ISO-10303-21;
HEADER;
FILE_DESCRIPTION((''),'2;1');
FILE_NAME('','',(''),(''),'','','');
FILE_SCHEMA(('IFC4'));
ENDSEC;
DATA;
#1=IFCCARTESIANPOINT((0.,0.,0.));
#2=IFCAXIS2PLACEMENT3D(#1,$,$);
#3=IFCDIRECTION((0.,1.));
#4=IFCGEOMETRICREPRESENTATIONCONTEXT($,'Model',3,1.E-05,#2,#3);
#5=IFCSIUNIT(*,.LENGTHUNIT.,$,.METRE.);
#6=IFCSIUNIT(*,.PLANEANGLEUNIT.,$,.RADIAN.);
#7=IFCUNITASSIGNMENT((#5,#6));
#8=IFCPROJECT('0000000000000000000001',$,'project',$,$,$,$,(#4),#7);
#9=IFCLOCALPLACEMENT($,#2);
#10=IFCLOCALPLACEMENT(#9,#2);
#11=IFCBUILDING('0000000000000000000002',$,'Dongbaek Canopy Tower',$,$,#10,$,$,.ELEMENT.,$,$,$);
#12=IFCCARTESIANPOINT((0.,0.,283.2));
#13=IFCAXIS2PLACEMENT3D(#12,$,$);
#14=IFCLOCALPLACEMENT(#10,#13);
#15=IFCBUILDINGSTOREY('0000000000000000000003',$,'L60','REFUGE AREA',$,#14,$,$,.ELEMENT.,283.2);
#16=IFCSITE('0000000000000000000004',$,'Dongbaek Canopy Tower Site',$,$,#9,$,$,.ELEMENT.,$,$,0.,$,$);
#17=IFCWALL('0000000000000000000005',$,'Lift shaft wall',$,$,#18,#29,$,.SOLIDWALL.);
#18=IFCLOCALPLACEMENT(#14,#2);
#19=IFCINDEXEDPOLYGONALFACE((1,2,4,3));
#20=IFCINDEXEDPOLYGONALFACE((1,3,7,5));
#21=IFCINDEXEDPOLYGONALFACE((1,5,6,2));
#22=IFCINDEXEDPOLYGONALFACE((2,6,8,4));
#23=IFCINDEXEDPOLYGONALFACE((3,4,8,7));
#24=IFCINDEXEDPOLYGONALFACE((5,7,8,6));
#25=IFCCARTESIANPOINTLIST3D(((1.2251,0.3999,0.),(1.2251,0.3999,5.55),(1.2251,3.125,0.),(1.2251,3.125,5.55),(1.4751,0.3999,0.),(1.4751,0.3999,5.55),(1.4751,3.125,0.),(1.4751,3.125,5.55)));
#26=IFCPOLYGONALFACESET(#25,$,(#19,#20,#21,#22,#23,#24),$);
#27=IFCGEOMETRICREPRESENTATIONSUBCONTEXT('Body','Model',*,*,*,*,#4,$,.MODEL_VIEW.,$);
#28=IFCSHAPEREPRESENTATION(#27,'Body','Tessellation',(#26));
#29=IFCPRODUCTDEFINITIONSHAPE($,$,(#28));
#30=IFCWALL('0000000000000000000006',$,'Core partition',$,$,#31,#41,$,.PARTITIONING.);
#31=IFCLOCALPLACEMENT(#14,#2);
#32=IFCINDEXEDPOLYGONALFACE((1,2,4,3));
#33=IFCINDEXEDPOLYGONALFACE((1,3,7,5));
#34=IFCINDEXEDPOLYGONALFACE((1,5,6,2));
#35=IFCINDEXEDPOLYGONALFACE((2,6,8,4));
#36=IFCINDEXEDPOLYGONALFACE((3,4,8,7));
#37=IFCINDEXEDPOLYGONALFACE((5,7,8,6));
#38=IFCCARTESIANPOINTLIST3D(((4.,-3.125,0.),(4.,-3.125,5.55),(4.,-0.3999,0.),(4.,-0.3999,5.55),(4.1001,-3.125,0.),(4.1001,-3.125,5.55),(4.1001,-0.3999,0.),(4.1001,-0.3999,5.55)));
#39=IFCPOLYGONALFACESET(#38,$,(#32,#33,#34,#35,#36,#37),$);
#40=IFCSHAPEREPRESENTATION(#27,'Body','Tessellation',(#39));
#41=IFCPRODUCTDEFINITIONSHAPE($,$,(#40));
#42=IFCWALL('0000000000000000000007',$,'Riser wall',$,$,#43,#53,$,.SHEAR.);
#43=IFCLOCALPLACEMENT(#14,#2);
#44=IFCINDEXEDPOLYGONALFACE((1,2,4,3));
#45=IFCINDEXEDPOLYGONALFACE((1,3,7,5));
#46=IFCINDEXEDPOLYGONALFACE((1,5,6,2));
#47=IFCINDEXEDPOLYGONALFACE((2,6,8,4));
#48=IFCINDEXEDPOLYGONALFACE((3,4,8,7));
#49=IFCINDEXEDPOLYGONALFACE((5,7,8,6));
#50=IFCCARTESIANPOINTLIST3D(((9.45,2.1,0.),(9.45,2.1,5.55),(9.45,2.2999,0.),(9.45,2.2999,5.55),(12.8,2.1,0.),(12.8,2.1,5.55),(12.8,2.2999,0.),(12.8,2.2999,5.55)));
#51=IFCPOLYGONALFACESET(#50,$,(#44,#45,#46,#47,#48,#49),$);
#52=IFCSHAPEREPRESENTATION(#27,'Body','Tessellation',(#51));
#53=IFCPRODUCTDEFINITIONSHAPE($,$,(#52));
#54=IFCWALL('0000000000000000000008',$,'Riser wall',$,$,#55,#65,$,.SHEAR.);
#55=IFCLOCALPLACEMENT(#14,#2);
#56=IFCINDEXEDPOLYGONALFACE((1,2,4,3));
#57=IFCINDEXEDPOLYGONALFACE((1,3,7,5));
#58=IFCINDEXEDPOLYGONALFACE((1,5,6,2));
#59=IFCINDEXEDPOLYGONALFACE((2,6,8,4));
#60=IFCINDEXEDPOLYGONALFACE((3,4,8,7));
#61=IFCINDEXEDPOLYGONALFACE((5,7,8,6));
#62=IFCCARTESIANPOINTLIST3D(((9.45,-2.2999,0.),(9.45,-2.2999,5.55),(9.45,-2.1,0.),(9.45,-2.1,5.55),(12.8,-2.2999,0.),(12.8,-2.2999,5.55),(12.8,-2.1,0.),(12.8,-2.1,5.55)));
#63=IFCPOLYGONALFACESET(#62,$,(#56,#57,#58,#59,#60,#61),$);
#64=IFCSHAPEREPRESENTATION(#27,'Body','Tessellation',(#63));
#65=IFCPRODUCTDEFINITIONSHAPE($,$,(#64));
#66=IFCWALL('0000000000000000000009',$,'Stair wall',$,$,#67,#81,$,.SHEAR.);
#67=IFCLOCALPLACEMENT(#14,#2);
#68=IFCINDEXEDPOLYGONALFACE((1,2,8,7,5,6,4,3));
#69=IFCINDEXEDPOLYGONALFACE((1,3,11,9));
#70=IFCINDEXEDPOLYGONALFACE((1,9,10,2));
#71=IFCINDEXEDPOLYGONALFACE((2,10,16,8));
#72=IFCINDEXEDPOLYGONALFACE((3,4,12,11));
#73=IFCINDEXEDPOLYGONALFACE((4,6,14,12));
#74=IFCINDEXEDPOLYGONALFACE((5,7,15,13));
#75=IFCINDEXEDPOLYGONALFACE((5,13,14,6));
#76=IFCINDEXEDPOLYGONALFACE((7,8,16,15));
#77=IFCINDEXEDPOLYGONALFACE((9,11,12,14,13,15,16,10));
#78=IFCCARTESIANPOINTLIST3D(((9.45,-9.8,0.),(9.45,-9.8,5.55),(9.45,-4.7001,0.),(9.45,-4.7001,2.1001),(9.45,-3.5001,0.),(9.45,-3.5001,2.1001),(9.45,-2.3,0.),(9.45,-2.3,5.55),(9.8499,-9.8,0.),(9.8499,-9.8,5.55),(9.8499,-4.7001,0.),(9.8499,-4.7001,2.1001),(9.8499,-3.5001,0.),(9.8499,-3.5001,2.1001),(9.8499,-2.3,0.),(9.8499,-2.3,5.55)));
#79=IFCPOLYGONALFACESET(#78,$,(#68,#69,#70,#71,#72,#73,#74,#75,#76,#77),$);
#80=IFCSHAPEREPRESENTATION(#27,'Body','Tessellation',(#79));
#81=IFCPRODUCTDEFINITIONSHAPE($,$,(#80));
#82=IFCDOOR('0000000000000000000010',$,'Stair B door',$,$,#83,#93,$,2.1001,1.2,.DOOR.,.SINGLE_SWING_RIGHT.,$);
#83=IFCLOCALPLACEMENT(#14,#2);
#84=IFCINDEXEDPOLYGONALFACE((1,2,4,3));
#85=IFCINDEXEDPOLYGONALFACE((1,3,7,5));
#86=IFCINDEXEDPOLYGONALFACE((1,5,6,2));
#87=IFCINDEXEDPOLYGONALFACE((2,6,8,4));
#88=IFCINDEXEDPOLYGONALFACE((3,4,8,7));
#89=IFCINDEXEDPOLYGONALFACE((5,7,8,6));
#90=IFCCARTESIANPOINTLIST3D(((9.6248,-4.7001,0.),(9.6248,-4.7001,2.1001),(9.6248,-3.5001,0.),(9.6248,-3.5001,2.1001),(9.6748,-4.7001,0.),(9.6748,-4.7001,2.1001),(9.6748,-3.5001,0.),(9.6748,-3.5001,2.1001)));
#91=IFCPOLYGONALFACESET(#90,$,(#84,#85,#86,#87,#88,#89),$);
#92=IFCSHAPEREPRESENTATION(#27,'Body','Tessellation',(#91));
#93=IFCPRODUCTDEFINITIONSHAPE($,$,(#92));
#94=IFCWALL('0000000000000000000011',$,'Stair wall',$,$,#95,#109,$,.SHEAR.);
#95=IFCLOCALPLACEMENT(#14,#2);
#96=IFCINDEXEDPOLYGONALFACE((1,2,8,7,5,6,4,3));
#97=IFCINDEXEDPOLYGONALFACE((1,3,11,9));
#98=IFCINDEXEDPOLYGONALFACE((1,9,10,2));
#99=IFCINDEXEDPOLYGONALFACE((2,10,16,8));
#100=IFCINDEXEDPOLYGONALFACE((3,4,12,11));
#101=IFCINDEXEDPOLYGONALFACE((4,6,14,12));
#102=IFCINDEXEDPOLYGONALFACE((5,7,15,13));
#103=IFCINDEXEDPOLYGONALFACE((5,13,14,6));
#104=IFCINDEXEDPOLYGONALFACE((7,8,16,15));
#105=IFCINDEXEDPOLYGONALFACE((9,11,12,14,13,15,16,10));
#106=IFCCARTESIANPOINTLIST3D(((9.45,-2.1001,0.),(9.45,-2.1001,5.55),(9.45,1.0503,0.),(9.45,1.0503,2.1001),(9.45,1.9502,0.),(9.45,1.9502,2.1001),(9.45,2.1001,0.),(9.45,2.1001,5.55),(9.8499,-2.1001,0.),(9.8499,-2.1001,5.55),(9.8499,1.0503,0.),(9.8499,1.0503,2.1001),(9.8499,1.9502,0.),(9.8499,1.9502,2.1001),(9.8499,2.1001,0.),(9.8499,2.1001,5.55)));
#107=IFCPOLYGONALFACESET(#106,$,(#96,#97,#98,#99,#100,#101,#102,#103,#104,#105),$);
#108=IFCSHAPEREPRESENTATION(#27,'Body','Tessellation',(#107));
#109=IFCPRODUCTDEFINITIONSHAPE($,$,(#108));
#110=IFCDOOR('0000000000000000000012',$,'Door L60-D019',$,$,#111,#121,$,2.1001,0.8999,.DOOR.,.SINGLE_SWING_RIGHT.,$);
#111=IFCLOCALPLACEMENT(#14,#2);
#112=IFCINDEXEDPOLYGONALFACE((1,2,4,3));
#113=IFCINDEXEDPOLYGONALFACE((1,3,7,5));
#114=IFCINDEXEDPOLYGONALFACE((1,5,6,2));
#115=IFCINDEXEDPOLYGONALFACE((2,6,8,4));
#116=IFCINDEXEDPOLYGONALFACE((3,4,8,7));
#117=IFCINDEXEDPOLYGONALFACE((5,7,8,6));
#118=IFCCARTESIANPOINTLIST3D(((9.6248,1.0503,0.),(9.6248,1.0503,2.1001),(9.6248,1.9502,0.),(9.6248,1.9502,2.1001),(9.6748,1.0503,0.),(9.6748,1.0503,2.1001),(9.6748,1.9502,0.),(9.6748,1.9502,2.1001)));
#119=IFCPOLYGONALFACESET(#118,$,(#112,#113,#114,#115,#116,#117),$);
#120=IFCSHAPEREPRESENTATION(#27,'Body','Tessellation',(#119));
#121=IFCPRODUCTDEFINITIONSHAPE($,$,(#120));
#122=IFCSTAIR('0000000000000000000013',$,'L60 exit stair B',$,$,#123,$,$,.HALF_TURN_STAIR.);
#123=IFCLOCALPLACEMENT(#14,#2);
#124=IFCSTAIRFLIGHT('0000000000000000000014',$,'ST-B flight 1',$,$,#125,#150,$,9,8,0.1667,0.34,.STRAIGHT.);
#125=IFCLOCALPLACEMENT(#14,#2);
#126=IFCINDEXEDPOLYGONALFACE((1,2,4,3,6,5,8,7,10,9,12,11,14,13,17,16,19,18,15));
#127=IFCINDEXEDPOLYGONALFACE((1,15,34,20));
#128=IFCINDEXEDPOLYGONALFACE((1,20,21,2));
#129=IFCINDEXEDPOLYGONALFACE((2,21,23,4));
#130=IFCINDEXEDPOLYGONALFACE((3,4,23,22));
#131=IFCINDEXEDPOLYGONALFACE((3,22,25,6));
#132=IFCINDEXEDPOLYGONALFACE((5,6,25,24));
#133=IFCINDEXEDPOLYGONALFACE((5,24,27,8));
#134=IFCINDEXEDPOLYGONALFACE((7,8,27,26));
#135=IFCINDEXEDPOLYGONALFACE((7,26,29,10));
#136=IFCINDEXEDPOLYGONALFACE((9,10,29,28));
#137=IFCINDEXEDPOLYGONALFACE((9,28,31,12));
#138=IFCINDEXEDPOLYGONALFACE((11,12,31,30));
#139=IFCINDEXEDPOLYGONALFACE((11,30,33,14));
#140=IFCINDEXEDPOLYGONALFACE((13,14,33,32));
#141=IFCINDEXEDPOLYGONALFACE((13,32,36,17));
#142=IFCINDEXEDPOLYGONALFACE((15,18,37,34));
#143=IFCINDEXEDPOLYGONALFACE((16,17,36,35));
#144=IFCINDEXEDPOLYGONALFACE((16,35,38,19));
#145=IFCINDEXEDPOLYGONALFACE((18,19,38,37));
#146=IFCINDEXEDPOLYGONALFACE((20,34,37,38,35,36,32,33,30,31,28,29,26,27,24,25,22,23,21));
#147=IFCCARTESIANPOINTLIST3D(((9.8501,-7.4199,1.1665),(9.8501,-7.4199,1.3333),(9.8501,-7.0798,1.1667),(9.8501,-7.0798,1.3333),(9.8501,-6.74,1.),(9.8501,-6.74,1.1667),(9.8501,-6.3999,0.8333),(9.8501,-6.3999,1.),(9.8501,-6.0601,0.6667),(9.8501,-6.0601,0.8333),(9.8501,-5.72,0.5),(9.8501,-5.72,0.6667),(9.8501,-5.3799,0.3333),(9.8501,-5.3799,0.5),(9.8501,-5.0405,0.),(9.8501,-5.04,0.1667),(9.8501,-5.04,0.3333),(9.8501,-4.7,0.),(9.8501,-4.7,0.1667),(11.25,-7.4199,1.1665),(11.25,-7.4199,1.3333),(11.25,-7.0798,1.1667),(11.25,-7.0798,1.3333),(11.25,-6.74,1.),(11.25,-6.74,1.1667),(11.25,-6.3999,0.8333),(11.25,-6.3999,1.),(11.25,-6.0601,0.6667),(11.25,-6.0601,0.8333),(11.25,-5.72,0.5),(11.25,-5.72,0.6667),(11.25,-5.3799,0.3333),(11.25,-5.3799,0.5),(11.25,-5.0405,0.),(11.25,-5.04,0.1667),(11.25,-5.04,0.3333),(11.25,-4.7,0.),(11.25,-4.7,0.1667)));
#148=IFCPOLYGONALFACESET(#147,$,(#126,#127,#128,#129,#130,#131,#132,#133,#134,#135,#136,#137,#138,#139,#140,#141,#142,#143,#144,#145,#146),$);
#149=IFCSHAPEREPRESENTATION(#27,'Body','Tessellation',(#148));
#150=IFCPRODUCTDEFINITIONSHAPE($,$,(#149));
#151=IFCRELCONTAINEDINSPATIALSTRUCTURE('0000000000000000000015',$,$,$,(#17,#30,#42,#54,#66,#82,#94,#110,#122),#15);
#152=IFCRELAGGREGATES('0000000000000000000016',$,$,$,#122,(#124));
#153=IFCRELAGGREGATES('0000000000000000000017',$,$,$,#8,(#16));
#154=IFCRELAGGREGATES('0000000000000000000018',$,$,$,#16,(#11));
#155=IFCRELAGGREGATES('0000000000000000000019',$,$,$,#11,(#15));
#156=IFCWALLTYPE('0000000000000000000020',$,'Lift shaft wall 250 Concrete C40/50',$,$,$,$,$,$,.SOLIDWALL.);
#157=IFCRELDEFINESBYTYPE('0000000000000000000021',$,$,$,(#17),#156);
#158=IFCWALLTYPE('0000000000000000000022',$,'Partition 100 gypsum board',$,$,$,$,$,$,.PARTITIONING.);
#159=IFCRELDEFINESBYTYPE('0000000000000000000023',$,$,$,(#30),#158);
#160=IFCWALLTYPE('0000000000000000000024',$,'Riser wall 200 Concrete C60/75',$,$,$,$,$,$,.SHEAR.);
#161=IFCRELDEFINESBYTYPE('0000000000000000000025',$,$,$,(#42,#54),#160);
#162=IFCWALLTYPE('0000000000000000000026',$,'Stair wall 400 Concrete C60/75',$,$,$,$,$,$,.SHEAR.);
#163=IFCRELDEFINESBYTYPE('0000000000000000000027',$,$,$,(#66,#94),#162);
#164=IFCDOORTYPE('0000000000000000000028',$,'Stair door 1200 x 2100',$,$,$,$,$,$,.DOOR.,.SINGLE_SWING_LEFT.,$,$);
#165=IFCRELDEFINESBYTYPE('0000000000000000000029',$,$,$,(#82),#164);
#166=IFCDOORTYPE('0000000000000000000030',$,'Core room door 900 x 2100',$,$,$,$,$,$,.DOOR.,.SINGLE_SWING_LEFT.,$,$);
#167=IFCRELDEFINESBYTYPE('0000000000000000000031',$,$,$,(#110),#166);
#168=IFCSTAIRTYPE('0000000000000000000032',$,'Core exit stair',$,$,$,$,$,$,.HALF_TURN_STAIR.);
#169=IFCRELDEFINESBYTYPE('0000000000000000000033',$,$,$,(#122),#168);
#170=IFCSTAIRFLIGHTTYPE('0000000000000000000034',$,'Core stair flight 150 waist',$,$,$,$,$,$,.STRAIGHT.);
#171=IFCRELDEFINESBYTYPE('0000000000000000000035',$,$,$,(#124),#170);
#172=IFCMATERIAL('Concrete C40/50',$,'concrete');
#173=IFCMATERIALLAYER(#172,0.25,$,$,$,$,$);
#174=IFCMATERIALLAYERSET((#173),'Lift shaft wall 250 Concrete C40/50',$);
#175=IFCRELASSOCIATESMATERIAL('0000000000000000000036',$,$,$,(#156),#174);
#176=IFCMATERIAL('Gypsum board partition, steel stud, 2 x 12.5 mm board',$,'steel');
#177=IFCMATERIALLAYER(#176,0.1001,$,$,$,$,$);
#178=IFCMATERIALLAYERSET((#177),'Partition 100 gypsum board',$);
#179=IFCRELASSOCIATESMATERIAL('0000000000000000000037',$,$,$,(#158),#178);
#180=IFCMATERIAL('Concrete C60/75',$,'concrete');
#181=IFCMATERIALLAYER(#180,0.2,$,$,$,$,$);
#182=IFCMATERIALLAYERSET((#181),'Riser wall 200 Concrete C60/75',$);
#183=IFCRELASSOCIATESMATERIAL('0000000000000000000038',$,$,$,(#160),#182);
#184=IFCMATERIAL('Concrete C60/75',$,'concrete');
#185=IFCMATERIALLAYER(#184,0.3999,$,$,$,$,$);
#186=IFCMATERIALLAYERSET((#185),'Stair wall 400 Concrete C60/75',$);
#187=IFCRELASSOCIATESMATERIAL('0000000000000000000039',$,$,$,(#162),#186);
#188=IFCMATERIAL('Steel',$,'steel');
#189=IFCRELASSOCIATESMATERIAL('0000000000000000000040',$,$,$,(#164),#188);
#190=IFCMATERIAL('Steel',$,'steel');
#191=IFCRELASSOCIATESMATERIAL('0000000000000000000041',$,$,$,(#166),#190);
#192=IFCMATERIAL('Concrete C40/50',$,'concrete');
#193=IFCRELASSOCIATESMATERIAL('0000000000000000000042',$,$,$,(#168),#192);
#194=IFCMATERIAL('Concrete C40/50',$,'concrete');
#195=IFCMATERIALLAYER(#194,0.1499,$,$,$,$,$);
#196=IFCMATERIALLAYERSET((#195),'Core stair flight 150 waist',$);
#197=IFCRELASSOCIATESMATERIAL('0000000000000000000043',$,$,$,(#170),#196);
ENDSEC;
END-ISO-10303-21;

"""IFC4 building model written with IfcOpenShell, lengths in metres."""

from ifc_helpers import new_model, si_unit, direction, frame, frame_2d, origin, place, context, subcontext, project, spatial, polyline, rectangle, outline, extrude, material, layer, layer_set, type_object, element, fill, aggregate, save


model = new_model("IFC4")

# Units and contexts
model_context = context("Model", 3, precision=1e-05, world=origin(), true_north=direction((0.0, 1.0)))
body_context = subcontext(model_context, "Body", "Model", "MODEL_VIEW")
ifc_project = project(units=[si_unit("LENGTHUNIT", "METRE"), si_unit("PLANEANGLEUNIT", "RADIAN")], contexts=[model_context])

# Site, building, storey
site_placement = place(None, origin())
site = spatial("IfcSite", under=ifc_project, at=site_placement, Name="Dongbaek Canopy Tower Site", CompositionType="ELEMENT", RefElevation=0.0)
building_placement = place(site_placement, origin())
building = spatial("IfcBuilding", under=site, at=building_placement, Name="Dongbaek Canopy Tower", CompositionType="ELEMENT")
storey_placement = place(building_placement, frame((0.0, 0.0, 283.2)))
storey = spatial("IfcBuildingStorey", under=building, at=storey_placement, Name="L60", Description="REFUGE AREA", CompositionType="ELEMENT", Elevation=283.2)

# Walls
ifc_material_1 = material(Name="Concrete C40/50", Category="concrete")
ifc_layer_1 = layer(ifc_material_1, 0.25)
ifc_layer_set_1 = layer_set([ifc_layer_1], Name="Lift shaft wall 250 Concrete C40/50")
wall_type_1 = type_object("IfcWallType", Name="Lift shaft wall 250 Concrete C40/50", PredefinedType="SOLIDWALL", material=ifc_layer_set_1)
for number, where, z_axis, x_axis, name in (
    (1, (1.3501, 0.3999, 0.0), (0.0, 0.0, 1.0), (0.0, 1.0, 0.0), "Lift shaft wall"),
):
    element("IfcWall", number, at=place(storey_placement, frame(where, z_axis=z_axis, x_axis=x_axis)), inside=storey, type_object=wall_type_1, Name=name, PredefinedType="SOLIDWALL", context=body_context, shape_type="SweptSolid", body=[
        extrude(rectangle(XDim=2.7251, YDim=0.25, at=frame_2d((1.3625, 0.0))), origin(), (0.0, 0.0, 1.0), 5.55),
    ])
ifc_material_2 = material(Name="Gypsum board partition, steel stud, 2 x 12.5 mm board", Category="steel")
ifc_layer_2 = layer(ifc_material_2, 0.1001)
ifc_layer_set_2 = layer_set([ifc_layer_2], Name="Partition 100 gypsum board")
wall_type_2 = type_object("IfcWallType", Name="Partition 100 gypsum board", PredefinedType="PARTITIONING", material=ifc_layer_set_2)
wall_1_placement = place(storey_placement, frame((4.05, -3.125, 0.0), z_axis=(0.0, 0.0, 1.0), x_axis=(0.0, 1.0, 0.0)))
element("IfcWall", 2, at=wall_1_placement, inside=storey, type_object=wall_type_2, Name="Core partition", PredefinedType="PARTITIONING", context=body_context, shape_type="SweptSolid", body=[
    extrude(rectangle(XDim=2.7251, YDim=0.1001, at=frame_2d((1.3625, 0.0))), origin(), (0.0, 0.0, 1.0), 5.55),
])
ifc_material_3 = material(Name="Concrete C60/75", Category="concrete")
ifc_layer_3 = layer(ifc_material_3, 0.2)
ifc_layer_set_3 = layer_set([ifc_layer_3], Name="Riser wall 200 Concrete C60/75")
wall_type_3 = type_object("IfcWallType", Name="Riser wall 200 Concrete C60/75", PredefinedType="SHEAR", material=ifc_layer_set_3)
for number, where, z_axis, x_axis, name in (
    (3, (9.45, 2.2, 0.0), (0.0, 0.0, 1.0), (1.0, 0.0, 0.0), "Riser wall"),
    (4, (9.45, -2.2, 0.0), (0.0, 0.0, 1.0), (1.0, 0.0, 0.0), "Riser wall"),
):
    element("IfcWall", number, at=place(storey_placement, frame(where, z_axis=z_axis, x_axis=x_axis)), inside=storey, type_object=wall_type_3, Name=name, PredefinedType="SHEAR", context=body_context, shape_type="SweptSolid", body=[
        extrude(rectangle(XDim=3.3501, YDim=0.2, at=frame_2d((1.675, 0.0))), origin(), (0.0, 0.0, 1.0), 5.55),
    ])

# Walls, openings, doors
ifc_material_4 = material(Name="Concrete C60/75", Category="concrete")
ifc_layer_4 = layer(ifc_material_4, 0.3999)
ifc_layer_set_4 = layer_set([ifc_layer_4], Name="Stair wall 400 Concrete C60/75")
wall_type_4 = type_object("IfcWallType", Name="Stair wall 400 Concrete C60/75", PredefinedType="SHEAR", material=ifc_layer_set_4)
wall_2_placement = place(storey_placement, frame((9.6499, -2.3, 0.0), z_axis=(0.0, 0.0, 1.0), x_axis=(0.0, -1.0, 0.0)))
wall_2 = element("IfcWall", 5, at=wall_2_placement, inside=storey, type_object=wall_type_4, Name="Stair wall", PredefinedType="SHEAR", context=body_context, shape_type="SweptSolid", body=[
    extrude(rectangle(XDim=7.5, YDim=0.3999, at=frame_2d((3.75, 0.0))), origin(), (0.0, 0.0, 1.0), 5.55),
])
opening_1_placement = place(wall_2_placement, frame((1.2, 0.0, 0.0)))
opening_1 = element("IfcOpeningElement", 6, at=opening_1_placement, cuts=wall_2, PredefinedType="OPENING", context=body_context, shape_type="SweptSolid", body=[
    extrude(rectangle(XDim=1.2, YDim=2.1001, at=frame_2d((0.6001, 1.05))), frame((0.0, 0.21, 0.0), z_axis=(0.0, -1.0, 0.0), x_axis=(1.0, 0.0, 0.0)), (0.0, 0.0, 1.0), 0.4199),
])
ifc_material_5 = material(Name="Steel", Category="steel")
door_type_1 = type_object("IfcDoorType", Name="Stair door 1200 x 2100", OperationType="SINGLE_SWING_LEFT", PredefinedType="DOOR", material=ifc_material_5)
door_1_placement = place(opening_1_placement, origin())
door_1 = element("IfcDoor", 7, at=door_1_placement, inside=storey, type_object=door_type_1, Name="Stair B door", OperationType="SINGLE_SWING_RIGHT", OverallHeight=2.1001, OverallWidth=1.2, PredefinedType="DOOR", context=body_context, shape_type="SweptSolid", body=[
    extrude(rectangle(XDim=1.2, YDim=2.1001, at=frame_2d((0.6001, 1.05))), frame((0.0, 0.0249, 0.0), z_axis=(0.0, -1.0, 0.0), x_axis=(1.0, 0.0, 0.0)), (0.0, 0.0, 1.0), 0.05),
])
fill(opening_1, door_1)
wall_3_placement = place(storey_placement, frame((9.6499, 2.1001, 0.0), z_axis=(0.0, 0.0, 1.0), x_axis=(0.0, -1.0, 0.0)))
wall_3 = element("IfcWall", 8, at=wall_3_placement, inside=storey, type_object=wall_type_4, Name="Stair wall", PredefinedType="SHEAR", context=body_context, shape_type="SweptSolid", body=[
    extrude(rectangle(XDim=4.2002, YDim=0.3999, at=frame_2d((2.1001, 0.0))), origin(), (0.0, 0.0, 1.0), 5.55),
])
opening_2_placement = place(wall_3_placement, frame((0.1499, 0.0, 0.0)))
opening_2 = element("IfcOpeningElement", 9, at=opening_2_placement, cuts=wall_3, PredefinedType="OPENING", context=body_context, shape_type="SweptSolid", body=[
    extrude(rectangle(XDim=0.8999, YDim=2.1001, at=frame_2d((0.45, 1.05))), frame((0.0, 0.21, 0.0), z_axis=(0.0, -1.0, 0.0), x_axis=(1.0, 0.0, 0.0)), (0.0, 0.0, 1.0), 0.4199),
])
ifc_material_6 = material(Name="Steel", Category="steel")
door_type_2 = type_object("IfcDoorType", Name="Core room door 900 x 2100", OperationType="SINGLE_SWING_LEFT", PredefinedType="DOOR", material=ifc_material_6)
door_2_placement = place(opening_2_placement, origin())
door_2 = element("IfcDoor", 10, at=door_2_placement, inside=storey, type_object=door_type_2, Name="Door L60-D019", OperationType="SINGLE_SWING_RIGHT", OverallHeight=2.1001, OverallWidth=0.8999, PredefinedType="DOOR", context=body_context, shape_type="SweptSolid", body=[
    extrude(rectangle(XDim=0.8999, YDim=2.1001, at=frame_2d((0.45, 1.05))), frame((0.0, 0.0249, 0.0), z_axis=(0.0, -1.0, 0.0), x_axis=(1.0, 0.0, 0.0)), (0.0, 0.0, 1.0), 0.05),
])
fill(opening_2, door_2)

# Stair, stair flight
ifc_material_7 = material(Name="Concrete C40/50", Category="concrete")
stair_type = type_object("IfcStairType", Name="Core exit stair", PredefinedType="HALF_TURN_STAIR", material=ifc_material_7)
stair_placement = place(storey_placement, origin())
stair = element("IfcStair", 11, at=stair_placement, inside=storey, type_object=stair_type, Name="L60 exit stair B", PredefinedType="HALF_TURN_STAIR")
ifc_material_8 = material(Name="Concrete C40/50", Category="concrete")
ifc_layer_5 = layer(ifc_material_8, 0.1499)
ifc_layer_set_5 = layer_set([ifc_layer_5], Name="Core stair flight 150 waist")
stair_flight_type = type_object("IfcStairFlightType", Name="Core stair flight 150 waist", PredefinedType="STRAIGHT", material=ifc_layer_set_5)
stair_flight_1_placement = place(storey_placement, frame((10.55, -4.7, 0.0), z_axis=(0.0, 0.0, 1.0), x_axis=(0.0, -1.0, 0.0)))
stair_flight_1 = element("IfcStairFlight", 12, at=stair_flight_1_placement, type_object=stair_flight_type, Name="ST-B flight 1", NumberOfRisers=9, NumberOfTreads=8, PredefinedType="STRAIGHT", RiserHeight=0.1667, TreadLength=0.34, context=body_context, shape_type="SweptSolid", body=[
    extrude(outline(polyline([(0.0, 0.0), (0.0, 0.1667), (0.3401, 0.1667), (0.3401, 0.3333), (0.6799, 0.3333), (0.6799, 0.5), (1.02, 0.5), (1.02, 0.6667), (1.3601, 0.6667), (1.3601, 0.8333), (1.7, 0.8333), (1.7, 1.0), (2.04, 1.0), (2.04, 1.1667), (2.3799, 1.1667), (2.3799, 1.3333), (2.72, 1.3333), (2.72, 1.5), (2.72, 1.1665), (0.3406, 0.0), (0.0, 0.0)])), frame((0.0, 0.7, 0.0), z_axis=(0.0, -1.0, 0.0), x_axis=(1.0, 0.0, 0.0)), (0.0, 0.0, 1.0), 1.3999),
])
aggregate(stair, [stair_flight_1])

save(model, "model.ifc")
